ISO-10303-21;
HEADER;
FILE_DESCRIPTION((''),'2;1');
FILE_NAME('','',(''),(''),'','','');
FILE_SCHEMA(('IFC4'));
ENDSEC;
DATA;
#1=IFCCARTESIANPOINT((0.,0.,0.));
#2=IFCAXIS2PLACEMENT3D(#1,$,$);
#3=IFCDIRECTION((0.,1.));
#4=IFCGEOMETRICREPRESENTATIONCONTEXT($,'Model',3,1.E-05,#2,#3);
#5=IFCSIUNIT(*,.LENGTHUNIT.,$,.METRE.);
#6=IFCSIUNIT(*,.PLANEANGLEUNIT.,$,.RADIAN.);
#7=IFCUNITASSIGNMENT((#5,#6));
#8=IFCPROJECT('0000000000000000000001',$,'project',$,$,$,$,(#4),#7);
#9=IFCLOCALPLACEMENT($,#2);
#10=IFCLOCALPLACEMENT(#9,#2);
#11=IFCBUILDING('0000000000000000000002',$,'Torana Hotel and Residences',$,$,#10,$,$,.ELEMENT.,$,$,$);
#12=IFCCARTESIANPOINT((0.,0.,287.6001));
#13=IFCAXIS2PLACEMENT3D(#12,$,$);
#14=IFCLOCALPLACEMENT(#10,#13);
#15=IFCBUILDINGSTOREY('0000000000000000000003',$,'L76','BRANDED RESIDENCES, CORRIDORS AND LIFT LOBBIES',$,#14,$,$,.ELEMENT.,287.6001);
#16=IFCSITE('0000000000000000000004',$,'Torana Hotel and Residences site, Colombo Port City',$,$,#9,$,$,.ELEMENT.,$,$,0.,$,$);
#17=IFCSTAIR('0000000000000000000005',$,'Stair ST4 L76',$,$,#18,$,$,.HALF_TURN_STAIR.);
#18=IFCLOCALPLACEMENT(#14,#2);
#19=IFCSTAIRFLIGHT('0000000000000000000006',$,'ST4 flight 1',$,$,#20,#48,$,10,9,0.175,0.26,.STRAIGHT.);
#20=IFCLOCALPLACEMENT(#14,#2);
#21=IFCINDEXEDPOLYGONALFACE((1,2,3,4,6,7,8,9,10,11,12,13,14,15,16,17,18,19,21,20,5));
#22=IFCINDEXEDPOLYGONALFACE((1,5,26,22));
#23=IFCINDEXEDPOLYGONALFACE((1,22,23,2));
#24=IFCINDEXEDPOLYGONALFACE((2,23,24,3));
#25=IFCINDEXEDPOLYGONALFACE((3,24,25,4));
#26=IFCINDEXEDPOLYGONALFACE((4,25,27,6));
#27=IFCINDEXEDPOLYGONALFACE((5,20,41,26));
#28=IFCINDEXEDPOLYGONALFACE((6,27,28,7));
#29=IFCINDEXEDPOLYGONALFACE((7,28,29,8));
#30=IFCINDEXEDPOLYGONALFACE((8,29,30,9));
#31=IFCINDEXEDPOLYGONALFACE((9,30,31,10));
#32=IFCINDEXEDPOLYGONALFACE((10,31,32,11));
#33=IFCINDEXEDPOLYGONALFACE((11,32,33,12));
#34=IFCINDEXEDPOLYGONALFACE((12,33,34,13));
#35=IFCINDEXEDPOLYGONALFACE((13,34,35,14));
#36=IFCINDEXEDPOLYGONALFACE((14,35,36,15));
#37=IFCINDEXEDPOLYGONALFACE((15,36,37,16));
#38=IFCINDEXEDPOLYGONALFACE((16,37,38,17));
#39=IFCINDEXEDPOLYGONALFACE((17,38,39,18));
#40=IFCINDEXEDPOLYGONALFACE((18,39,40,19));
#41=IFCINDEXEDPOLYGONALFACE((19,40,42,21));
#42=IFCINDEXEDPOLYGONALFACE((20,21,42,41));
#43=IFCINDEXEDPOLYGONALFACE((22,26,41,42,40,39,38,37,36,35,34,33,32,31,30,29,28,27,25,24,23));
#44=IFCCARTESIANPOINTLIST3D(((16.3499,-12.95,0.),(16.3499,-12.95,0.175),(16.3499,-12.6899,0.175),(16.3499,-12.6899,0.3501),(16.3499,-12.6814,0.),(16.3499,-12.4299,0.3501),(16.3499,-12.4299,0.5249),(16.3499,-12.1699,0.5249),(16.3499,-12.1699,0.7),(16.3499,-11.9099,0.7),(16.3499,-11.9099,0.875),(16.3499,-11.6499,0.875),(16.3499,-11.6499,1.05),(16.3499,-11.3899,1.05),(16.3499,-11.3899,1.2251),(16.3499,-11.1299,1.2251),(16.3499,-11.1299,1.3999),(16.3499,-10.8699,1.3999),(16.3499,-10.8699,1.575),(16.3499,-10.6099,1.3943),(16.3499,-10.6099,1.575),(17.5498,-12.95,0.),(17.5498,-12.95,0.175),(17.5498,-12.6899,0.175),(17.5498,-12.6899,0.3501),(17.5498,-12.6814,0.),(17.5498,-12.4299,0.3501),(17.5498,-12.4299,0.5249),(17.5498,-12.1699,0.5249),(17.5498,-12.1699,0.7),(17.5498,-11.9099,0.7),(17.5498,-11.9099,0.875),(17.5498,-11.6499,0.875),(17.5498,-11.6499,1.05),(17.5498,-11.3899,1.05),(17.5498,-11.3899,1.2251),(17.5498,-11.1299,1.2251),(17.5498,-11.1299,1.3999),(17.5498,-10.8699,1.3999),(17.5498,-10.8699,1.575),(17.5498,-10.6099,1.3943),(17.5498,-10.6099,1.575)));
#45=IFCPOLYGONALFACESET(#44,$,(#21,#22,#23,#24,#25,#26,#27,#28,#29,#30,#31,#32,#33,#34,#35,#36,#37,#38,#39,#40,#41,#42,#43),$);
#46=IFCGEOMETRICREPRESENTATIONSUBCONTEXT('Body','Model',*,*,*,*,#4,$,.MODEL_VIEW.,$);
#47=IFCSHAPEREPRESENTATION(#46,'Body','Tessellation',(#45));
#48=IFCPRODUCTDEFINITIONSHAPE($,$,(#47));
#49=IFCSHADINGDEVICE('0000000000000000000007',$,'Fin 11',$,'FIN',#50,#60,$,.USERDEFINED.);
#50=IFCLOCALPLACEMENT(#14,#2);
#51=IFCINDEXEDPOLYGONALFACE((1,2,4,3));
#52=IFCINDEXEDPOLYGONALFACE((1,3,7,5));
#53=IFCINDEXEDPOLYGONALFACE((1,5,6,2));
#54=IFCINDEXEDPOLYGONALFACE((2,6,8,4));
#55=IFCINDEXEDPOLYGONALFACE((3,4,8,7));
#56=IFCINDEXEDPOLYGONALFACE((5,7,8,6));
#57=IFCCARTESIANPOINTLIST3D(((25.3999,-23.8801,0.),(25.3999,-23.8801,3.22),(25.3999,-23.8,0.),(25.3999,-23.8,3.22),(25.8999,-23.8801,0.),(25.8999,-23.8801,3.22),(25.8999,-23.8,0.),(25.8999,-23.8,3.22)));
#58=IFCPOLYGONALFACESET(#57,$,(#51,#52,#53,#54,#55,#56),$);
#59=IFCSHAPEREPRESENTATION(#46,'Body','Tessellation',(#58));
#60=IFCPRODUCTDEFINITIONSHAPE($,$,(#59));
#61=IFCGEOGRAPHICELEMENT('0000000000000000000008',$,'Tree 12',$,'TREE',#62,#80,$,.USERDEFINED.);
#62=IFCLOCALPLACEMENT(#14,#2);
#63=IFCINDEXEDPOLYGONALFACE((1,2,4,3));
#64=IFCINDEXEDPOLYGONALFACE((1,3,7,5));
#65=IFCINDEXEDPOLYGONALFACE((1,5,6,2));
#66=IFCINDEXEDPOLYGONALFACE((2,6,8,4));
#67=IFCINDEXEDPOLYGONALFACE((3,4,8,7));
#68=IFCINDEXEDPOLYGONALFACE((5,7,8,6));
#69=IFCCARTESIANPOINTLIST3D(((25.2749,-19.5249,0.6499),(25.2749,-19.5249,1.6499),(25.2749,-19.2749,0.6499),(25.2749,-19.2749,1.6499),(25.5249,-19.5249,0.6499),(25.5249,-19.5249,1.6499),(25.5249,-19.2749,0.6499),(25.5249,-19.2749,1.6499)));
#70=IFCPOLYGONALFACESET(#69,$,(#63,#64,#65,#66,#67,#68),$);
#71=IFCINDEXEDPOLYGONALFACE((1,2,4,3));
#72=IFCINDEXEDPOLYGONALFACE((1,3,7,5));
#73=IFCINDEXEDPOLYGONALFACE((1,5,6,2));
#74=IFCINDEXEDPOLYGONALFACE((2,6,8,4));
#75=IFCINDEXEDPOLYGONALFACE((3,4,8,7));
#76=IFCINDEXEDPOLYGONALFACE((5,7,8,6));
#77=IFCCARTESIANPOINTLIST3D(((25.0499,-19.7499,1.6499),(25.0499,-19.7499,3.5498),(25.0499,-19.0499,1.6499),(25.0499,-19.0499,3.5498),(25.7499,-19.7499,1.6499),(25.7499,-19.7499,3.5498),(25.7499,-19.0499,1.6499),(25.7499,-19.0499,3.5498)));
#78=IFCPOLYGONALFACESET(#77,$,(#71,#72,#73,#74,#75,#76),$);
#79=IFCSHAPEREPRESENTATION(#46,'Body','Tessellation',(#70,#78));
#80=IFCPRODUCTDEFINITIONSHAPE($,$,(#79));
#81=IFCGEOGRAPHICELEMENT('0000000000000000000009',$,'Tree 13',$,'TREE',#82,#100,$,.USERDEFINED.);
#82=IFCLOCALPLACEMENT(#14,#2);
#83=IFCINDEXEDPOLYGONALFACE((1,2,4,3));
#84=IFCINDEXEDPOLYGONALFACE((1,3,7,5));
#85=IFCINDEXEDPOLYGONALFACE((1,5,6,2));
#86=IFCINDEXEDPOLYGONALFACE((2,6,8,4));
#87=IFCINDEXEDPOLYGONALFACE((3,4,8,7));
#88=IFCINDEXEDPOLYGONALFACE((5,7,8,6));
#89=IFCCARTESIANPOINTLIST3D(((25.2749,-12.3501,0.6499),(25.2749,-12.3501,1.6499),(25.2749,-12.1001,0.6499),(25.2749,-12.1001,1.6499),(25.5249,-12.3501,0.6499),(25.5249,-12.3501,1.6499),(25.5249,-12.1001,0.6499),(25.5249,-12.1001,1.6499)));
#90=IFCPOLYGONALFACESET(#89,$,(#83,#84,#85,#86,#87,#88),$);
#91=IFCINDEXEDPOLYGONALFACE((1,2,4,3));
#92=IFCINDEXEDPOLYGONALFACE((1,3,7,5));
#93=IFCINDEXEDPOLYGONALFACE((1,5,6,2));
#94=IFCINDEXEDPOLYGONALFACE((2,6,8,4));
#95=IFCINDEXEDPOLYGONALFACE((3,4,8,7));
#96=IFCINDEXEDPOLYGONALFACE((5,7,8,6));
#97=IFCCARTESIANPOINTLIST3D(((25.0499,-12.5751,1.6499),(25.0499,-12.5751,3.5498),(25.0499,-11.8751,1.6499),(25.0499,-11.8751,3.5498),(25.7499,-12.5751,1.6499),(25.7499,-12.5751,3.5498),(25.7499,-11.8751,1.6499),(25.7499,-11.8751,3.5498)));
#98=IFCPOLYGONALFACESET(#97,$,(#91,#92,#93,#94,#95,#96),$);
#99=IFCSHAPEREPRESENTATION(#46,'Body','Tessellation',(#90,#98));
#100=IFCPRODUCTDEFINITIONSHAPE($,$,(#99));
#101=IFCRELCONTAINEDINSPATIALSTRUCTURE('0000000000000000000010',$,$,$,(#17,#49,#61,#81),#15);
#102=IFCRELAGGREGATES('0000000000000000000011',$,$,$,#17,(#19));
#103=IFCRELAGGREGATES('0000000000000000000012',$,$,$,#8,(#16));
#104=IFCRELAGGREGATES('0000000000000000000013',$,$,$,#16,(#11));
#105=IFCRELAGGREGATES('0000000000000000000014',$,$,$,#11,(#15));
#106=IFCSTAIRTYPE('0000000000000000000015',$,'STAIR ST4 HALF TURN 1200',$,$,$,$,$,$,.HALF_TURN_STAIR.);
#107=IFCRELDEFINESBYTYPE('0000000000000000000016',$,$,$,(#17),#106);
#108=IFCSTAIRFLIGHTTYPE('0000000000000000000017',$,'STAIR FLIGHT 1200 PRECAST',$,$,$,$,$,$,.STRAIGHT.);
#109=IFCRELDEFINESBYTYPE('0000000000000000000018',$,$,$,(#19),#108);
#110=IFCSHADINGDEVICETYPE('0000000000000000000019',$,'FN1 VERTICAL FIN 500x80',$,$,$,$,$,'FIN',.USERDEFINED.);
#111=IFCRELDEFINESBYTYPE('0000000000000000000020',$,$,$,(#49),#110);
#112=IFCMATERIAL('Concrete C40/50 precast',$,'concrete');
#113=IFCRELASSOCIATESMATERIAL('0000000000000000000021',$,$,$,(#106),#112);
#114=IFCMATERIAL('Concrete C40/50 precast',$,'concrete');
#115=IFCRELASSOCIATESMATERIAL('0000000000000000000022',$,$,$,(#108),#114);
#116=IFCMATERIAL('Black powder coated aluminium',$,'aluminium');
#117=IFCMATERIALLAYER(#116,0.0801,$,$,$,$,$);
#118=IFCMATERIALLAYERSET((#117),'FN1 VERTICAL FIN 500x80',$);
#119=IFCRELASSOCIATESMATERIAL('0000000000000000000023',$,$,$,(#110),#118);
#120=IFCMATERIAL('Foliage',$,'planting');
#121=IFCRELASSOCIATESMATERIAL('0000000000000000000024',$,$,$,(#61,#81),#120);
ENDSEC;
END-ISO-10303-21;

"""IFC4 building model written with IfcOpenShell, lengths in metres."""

from ifc_helpers import new_model, si_unit, direction, frame, origin, origin_2d, place, context, subcontext, project, spatial, polyline, rectangle, outline, extrude, material, layer, layer_set, type_object, element, aggregate, save


model = new_model("IFC4")

# Units and contexts
model_context = context("Model", 3, precision=1e-05, world=origin(), true_north=direction((0.0, 1.0)))
body_context = subcontext(model_context, "Body", "Model", "MODEL_VIEW")
ifc_project = project(units=[si_unit("LENGTHUNIT", "METRE"), si_unit("PLANEANGLEUNIT", "RADIAN")], contexts=[model_context])

# Site, building, storey
site_placement = place(None, origin())
site = spatial("IfcSite", under=ifc_project, at=site_placement, Name="Torana Hotel and Residences site, Colombo Port City", CompositionType="ELEMENT", RefElevation=0.0)
building_placement = place(site_placement, origin())
building = spatial("IfcBuilding", under=site, at=building_placement, Name="Torana Hotel and Residences", CompositionType="ELEMENT")
storey_placement = place(building_placement, frame((0.0, 0.0, 287.6001)))
storey = spatial("IfcBuildingStorey", under=building, at=storey_placement, Name="L76", Description="BRANDED RESIDENCES, CORRIDORS AND LIFT LOBBIES", CompositionType="ELEMENT", Elevation=287.6001)

# Stair, stair flight
ifc_material_1 = material(Name="Concrete C40/50 precast", Category="concrete")
stair_type = type_object("IfcStairType", Name="STAIR ST4 HALF TURN 1200", PredefinedType="HALF_TURN_STAIR", material=ifc_material_1)
stair_placement = place(storey_placement, origin())
stair = element("IfcStair", 1, at=stair_placement, inside=storey, type_object=stair_type, Name="Stair ST4 L76", PredefinedType="HALF_TURN_STAIR")
ifc_material_2 = material(Name="Concrete C40/50 precast", Category="concrete")
stair_flight_type = type_object("IfcStairFlightType", Name="STAIR FLIGHT 1200 PRECAST", PredefinedType="STRAIGHT", material=ifc_material_2)
stair_flight_placement = place(storey_placement, frame((16.95, -12.95, 0.0), z_axis=(0.0, 0.0, 1.0), x_axis=(0.0, 1.0, 0.0)))
stair_flight = element("IfcStairFlight", 2, at=stair_flight_placement, type_object=stair_flight_type, Name="ST4 flight 1", NumberOfRisers=10, NumberOfTreads=9, PredefinedType="STRAIGHT", RiserHeight=0.175, TreadLength=0.26, context=body_context, shape_type="SweptSolid", body=[
    extrude(outline(polyline([(0.0, 0.0), (0.0, 0.175), (0.26, 0.175), (0.26, 0.3501), (0.52, 0.3501), (0.52, 0.5249), (0.78, 0.5249), (0.78, 0.7), (1.04, 0.7), (1.04, 0.875), (1.3, 0.875), (1.3, 1.05), (1.5601, 1.05), (1.5601, 1.2251), (1.8201, 1.2251), (1.8201, 1.3999), (2.0801, 1.3999), (2.0801, 1.575), (2.3401, 1.575), (2.3401, 1.75), (2.3401, 1.3943), (0.2686, 0.0), (0.0, 0.0)])), frame((0.0, 0.6001, 0.0), z_axis=(0.0, -1.0, 0.0), x_axis=(1.0, 0.0, 0.0)), (0.0, 0.0, 1.0), 1.2),
])
aggregate(stair, [stair_flight])

# Shading device
ifc_material_3 = material(Name="Black powder coated aluminium", Category="aluminium")
ifc_layer_1 = layer(ifc_material_3, 0.0801)
ifc_layer_set_1 = layer_set([ifc_layer_1], Name="FN1 VERTICAL FIN 500x80")
shading_device_type = type_object("IfcShadingDeviceType", Name="FN1 VERTICAL FIN 500x80", ElementType="FIN", PredefinedType="USERDEFINED", material=ifc_layer_set_1)
shading_device_placement = place(storey_placement, frame((25.6499, -23.8401, 0.0), z_axis=(0.0, 0.0, 1.0), x_axis=(0.0, -1.0, 0.0)))
element("IfcShadingDevice", 3, at=shading_device_placement, inside=storey, type_object=shading_device_type, Name="Fin 11", ObjectType="FIN", PredefinedType="USERDEFINED", context=body_context, shape_type="SweptSolid", body=[
    extrude(rectangle(XDim=0.0801, YDim=0.5, at=origin_2d()), origin(), (0.0, 0.0, 1.0), 3.22),
])

# Geographic elements
ifc_material_4 = material(Name="Foliage", Category="planting")
for number, where, z_axis, x_axis, name in (
    (4, (25.3999, -19.3999, 0.6499), (0.0, 0.0, 1.0), (1.0, 0.0, 0.0), "Tree 12"),
    (5, (25.3999, -12.2251, 0.6499), (0.0, 0.0, 1.0), (1.0, 0.0, 0.0), "Tree 13"),
):
    element("IfcGeographicElement", number, at=place(storey_placement, frame(where, z_axis=z_axis, x_axis=x_axis)), inside=storey, material=ifc_material_4, Name=name, ObjectType="TREE", PredefinedType="USERDEFINED", context=body_context, shape_type="SweptSolid", body=[
        extrude(rectangle(XDim=0.25, YDim=0.25, at=origin_2d()), origin(), (0.0, 0.0, 1.0), 1.0),
        extrude(rectangle(XDim=0.7, YDim=0.7, at=origin_2d()), frame((0.0, 0.0, 1.0)), (0.0, 0.0, 1.0), 1.8999),
    ])

save(model, "model.ifc")
